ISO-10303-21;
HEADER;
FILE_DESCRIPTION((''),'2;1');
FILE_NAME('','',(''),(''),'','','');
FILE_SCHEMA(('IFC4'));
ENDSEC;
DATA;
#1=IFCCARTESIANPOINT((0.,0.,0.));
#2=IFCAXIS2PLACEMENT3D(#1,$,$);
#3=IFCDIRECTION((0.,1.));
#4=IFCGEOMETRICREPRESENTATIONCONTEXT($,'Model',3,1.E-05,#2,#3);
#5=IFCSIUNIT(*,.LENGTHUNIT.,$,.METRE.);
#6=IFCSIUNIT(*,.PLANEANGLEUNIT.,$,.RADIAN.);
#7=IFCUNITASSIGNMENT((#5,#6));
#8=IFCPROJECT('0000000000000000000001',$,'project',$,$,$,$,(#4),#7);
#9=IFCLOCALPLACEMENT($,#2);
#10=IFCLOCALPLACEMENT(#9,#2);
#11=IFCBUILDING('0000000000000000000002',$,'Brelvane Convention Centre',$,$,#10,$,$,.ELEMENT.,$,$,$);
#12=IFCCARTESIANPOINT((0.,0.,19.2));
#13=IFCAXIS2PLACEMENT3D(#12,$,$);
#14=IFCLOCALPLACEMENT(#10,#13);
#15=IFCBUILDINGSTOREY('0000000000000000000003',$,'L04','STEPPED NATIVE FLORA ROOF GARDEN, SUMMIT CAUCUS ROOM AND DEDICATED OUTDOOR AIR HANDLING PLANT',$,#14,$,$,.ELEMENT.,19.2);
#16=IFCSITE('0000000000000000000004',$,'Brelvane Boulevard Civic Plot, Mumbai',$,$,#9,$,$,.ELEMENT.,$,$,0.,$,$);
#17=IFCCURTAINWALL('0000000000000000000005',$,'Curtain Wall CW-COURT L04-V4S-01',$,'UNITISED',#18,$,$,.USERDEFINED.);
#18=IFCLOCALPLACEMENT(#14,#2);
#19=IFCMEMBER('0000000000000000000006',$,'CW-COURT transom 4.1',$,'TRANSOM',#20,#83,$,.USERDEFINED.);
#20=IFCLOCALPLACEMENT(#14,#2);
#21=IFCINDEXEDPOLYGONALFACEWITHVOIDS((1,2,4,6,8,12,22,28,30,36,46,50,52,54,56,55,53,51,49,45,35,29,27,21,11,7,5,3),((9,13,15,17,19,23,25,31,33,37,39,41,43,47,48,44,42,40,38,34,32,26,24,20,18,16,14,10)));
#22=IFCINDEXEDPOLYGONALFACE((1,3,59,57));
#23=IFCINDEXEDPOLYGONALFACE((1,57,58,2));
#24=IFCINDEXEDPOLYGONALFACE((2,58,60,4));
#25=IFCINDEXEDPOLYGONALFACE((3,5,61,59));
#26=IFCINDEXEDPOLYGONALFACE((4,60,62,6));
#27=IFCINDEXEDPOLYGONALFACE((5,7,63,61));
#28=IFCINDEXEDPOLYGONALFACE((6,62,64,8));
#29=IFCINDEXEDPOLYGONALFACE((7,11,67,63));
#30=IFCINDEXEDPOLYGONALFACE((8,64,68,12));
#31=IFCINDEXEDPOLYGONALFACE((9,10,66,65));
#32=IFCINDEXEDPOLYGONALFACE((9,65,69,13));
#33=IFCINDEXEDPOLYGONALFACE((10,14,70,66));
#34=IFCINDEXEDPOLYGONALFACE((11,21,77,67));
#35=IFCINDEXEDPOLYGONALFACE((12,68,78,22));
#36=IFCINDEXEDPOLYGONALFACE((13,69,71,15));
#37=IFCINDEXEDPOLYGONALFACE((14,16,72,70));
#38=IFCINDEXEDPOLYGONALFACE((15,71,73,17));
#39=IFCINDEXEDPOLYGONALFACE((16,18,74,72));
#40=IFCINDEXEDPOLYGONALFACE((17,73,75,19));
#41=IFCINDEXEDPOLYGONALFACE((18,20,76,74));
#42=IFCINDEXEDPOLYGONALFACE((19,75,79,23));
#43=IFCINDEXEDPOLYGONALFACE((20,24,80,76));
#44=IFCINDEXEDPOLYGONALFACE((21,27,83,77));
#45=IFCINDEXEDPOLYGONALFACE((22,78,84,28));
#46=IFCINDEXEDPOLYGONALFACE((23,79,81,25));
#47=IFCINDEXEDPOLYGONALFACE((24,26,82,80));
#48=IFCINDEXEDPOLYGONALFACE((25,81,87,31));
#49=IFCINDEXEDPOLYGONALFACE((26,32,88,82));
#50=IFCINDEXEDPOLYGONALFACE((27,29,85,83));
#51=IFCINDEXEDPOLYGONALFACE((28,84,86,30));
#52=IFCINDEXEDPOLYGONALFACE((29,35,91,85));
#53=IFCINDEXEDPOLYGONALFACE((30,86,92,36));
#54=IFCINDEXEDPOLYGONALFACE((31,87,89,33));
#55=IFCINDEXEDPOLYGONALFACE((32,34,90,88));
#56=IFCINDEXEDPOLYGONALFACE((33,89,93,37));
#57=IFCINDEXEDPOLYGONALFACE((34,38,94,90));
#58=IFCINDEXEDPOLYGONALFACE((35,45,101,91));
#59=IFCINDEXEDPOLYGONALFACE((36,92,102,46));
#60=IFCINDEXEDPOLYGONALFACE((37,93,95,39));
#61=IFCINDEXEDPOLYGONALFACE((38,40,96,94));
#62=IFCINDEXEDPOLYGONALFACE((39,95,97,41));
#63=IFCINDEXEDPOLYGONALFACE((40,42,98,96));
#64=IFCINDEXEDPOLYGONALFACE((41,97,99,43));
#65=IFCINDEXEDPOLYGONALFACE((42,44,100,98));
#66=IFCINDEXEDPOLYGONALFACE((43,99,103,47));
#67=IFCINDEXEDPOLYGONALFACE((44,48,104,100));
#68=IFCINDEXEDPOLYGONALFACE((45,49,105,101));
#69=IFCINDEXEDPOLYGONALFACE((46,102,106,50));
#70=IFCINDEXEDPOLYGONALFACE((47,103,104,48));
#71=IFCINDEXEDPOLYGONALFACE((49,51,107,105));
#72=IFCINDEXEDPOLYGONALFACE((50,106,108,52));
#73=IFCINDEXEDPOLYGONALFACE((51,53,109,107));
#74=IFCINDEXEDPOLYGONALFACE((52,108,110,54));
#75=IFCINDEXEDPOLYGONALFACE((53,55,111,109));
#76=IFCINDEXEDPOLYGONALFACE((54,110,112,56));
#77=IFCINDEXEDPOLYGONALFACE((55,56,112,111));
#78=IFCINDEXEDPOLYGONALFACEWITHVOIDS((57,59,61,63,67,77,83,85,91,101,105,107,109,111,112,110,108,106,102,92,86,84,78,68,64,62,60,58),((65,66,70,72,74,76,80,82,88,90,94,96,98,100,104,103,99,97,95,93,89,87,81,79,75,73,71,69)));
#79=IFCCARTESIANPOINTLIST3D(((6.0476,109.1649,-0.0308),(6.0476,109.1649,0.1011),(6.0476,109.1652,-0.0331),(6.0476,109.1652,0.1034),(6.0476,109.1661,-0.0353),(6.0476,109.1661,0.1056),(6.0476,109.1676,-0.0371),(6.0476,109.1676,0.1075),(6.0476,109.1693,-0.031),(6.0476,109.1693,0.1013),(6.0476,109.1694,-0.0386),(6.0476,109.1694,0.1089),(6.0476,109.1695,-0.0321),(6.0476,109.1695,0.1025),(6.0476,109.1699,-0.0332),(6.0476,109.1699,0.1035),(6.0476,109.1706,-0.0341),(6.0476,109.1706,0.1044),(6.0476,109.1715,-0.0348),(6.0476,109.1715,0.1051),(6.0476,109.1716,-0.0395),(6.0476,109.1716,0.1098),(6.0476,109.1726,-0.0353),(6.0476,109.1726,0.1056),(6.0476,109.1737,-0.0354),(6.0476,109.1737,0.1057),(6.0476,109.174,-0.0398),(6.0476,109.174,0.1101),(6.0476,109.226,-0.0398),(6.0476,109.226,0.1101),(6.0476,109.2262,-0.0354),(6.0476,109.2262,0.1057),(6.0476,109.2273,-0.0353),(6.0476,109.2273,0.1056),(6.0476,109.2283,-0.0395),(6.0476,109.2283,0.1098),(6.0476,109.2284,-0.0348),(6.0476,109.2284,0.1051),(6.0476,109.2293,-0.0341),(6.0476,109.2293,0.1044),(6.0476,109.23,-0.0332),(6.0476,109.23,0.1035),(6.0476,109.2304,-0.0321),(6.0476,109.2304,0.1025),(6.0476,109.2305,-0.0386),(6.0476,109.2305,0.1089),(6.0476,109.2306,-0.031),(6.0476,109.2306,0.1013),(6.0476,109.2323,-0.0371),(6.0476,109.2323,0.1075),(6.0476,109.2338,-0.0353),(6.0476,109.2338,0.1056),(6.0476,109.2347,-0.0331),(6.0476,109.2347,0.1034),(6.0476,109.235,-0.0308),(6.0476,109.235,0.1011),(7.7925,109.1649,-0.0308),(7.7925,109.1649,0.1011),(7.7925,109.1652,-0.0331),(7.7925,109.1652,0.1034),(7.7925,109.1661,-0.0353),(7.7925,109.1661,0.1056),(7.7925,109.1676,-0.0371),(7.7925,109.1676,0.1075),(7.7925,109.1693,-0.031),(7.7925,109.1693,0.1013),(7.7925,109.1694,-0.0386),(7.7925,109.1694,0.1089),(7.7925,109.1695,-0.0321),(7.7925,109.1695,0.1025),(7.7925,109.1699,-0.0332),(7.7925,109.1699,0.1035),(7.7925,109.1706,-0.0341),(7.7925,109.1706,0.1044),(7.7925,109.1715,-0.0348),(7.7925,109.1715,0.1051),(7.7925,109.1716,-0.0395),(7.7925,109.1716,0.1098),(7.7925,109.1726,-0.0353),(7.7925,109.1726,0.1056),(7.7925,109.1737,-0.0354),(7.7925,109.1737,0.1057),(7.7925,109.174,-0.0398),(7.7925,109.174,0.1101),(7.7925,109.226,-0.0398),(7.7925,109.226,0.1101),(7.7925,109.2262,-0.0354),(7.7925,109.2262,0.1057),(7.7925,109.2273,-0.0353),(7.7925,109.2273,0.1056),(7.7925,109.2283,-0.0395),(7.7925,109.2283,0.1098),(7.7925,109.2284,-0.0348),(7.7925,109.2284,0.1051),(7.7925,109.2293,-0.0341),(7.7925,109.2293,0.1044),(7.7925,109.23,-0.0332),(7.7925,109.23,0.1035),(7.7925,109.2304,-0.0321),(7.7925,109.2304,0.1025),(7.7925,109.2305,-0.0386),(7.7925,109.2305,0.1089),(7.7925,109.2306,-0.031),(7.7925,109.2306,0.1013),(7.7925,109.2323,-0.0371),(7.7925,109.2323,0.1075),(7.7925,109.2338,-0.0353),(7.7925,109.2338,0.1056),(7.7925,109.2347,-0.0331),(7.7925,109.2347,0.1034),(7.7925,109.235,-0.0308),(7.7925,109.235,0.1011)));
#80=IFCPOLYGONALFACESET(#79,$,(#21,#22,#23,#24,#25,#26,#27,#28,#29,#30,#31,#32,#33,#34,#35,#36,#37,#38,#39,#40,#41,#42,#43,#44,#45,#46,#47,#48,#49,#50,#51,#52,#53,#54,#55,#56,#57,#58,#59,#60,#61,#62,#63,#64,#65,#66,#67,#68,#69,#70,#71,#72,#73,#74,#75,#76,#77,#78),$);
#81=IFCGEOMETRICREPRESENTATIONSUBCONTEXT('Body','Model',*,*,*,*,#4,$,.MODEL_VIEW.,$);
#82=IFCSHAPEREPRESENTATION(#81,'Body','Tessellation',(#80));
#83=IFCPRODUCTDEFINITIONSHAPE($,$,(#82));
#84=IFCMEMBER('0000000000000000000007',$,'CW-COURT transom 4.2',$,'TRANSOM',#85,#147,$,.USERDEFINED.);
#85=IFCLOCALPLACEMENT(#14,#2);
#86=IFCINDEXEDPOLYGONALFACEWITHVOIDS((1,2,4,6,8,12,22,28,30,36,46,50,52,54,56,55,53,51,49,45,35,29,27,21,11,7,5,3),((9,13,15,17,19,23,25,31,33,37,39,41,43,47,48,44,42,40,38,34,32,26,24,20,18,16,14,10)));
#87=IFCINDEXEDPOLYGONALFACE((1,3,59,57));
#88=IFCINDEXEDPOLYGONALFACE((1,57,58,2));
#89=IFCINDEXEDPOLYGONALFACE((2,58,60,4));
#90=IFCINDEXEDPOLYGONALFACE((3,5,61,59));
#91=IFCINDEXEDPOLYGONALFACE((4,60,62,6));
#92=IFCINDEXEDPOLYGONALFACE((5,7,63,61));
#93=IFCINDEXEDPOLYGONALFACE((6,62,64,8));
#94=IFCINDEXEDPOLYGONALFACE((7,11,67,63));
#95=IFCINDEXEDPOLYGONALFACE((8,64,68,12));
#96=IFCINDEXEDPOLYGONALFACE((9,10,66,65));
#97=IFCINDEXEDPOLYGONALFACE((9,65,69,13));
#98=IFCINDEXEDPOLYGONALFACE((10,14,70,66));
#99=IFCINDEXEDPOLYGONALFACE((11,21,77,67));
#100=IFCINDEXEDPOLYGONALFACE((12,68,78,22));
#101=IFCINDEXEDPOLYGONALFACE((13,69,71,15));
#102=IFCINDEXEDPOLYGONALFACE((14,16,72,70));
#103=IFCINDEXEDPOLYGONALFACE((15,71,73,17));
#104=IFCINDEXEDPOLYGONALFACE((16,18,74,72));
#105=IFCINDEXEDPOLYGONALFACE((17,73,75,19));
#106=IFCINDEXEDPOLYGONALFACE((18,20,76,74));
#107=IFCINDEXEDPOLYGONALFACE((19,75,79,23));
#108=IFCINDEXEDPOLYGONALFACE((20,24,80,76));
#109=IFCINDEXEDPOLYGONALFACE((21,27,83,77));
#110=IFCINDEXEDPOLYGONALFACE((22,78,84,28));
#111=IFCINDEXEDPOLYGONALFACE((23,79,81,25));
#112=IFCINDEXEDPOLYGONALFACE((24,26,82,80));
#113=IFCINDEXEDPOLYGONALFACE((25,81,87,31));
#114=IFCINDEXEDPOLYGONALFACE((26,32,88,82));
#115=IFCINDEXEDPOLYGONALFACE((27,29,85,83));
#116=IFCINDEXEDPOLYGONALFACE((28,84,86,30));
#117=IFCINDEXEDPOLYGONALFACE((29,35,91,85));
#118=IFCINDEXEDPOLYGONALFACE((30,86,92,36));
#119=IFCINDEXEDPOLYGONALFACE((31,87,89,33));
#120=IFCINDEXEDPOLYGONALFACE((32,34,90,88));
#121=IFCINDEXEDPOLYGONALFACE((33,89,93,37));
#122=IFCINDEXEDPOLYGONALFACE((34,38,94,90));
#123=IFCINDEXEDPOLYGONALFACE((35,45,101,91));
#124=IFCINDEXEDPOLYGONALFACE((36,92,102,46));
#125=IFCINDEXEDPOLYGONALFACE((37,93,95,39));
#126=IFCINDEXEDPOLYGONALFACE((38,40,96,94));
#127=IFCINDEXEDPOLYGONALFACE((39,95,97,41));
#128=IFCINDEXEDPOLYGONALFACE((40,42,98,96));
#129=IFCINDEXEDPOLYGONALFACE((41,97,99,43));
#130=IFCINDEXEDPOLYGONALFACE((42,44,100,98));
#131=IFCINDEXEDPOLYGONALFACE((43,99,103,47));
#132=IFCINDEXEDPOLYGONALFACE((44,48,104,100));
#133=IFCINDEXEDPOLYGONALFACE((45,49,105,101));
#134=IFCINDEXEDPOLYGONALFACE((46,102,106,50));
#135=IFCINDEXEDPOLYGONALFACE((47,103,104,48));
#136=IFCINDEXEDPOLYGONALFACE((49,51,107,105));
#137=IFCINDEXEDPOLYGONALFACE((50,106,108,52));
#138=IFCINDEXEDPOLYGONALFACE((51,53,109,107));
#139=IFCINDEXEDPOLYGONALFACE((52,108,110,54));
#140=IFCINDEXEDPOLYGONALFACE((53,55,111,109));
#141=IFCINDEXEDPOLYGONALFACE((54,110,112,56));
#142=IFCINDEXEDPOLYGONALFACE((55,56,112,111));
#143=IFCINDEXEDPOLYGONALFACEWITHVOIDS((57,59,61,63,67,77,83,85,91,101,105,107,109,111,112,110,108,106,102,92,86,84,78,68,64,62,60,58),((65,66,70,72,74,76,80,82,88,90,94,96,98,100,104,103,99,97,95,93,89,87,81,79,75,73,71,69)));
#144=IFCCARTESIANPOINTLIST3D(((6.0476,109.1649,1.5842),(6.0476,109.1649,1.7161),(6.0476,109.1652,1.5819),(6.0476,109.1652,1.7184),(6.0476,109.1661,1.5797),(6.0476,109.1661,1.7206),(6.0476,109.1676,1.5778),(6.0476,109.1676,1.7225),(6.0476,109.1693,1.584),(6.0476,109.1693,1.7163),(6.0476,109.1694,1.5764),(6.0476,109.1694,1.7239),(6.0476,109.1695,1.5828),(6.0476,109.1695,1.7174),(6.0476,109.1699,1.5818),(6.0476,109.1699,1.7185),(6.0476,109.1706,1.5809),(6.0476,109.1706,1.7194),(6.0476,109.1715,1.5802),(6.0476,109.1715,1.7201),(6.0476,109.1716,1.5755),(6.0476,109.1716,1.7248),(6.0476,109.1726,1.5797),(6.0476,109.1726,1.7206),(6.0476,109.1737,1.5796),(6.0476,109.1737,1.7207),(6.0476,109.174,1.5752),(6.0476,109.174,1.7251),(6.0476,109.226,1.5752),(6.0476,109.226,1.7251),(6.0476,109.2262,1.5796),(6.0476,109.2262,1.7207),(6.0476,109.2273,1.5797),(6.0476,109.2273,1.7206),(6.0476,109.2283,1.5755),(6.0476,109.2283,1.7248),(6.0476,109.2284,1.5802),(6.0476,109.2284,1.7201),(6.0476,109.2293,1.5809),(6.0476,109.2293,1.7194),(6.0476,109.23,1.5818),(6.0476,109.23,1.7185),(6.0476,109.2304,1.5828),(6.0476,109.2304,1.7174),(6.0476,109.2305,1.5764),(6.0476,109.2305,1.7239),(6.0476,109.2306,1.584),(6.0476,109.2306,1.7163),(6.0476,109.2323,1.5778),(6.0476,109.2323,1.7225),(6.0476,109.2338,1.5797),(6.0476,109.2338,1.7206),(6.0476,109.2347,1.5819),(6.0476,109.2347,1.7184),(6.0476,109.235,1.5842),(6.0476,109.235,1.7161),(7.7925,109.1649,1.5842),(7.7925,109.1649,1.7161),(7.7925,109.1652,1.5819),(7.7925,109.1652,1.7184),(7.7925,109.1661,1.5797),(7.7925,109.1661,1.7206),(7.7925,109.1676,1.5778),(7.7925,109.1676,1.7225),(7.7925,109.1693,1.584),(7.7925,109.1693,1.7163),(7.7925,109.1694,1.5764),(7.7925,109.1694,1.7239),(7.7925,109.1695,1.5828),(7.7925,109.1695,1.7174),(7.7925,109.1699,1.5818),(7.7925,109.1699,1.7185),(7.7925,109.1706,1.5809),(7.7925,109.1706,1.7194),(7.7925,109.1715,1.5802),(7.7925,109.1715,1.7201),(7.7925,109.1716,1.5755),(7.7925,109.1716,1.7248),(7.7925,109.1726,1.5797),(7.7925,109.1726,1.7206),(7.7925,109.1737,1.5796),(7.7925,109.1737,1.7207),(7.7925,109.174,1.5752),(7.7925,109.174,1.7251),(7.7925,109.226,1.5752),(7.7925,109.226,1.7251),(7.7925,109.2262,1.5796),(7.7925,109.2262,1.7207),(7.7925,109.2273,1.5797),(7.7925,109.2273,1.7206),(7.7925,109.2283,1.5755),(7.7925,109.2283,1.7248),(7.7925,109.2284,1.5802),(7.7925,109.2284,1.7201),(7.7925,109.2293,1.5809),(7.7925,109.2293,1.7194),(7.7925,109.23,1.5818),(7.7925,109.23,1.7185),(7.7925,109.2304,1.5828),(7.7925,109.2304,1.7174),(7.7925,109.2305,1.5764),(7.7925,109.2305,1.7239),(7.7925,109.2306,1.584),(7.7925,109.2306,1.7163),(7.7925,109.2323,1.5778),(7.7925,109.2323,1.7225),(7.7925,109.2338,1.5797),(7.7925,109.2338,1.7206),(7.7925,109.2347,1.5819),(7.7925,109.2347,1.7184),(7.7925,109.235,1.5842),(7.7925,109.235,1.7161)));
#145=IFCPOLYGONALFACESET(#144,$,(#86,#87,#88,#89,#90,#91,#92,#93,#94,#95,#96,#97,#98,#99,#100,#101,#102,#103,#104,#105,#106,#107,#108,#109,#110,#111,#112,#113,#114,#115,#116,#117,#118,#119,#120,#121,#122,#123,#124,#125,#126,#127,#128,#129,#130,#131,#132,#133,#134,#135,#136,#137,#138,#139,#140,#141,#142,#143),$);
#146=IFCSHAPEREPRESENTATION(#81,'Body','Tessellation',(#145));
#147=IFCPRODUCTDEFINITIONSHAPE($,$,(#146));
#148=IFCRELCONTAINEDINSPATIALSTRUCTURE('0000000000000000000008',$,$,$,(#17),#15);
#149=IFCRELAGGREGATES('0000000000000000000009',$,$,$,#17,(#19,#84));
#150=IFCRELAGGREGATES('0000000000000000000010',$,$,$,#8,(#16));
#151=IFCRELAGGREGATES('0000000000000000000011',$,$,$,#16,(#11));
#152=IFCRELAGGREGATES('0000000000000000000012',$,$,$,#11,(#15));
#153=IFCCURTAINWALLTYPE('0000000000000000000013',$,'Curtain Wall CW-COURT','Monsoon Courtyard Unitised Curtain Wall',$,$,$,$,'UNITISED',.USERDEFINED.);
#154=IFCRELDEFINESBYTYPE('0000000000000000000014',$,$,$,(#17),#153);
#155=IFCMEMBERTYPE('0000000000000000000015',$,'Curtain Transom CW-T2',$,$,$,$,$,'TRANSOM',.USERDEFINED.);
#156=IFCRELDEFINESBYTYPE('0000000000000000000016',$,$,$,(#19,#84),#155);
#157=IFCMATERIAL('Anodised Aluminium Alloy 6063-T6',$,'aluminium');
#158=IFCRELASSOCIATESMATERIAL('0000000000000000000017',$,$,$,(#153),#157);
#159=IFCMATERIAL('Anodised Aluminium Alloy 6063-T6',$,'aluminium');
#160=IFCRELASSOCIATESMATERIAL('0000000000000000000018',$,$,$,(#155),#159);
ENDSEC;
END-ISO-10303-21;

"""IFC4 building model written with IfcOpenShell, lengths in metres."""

from ifc_helpers import new_model, si_unit, direction, frame, origin, origin_2d, place, context, subcontext, project, spatial, hollow_rectangle, extrude, material, material_profile, profile_set, type_object, element, aggregate, save


model = new_model("IFC4")

# Units and contexts
model_context = context("Model", 3, precision=1e-05, world=origin(), true_north=direction((0.0, 1.0)))
body_context = subcontext(model_context, "Body", "Model", "MODEL_VIEW")
ifc_project = project(units=[si_unit("LENGTHUNIT", "METRE"), si_unit("PLANEANGLEUNIT", "RADIAN")], contexts=[model_context])

# Site, building, storey
site_placement = place(None, origin())
site = spatial("IfcSite", under=ifc_project, at=site_placement, Name="Brelvane Boulevard Civic Plot, Mumbai", CompositionType="ELEMENT", RefElevation=0.0)
building_placement = place(site_placement, origin())
building = spatial("IfcBuilding", under=site, at=building_placement, Name="Brelvane Convention Centre", CompositionType="ELEMENT")
storey_placement = place(building_placement, frame((0.0, 0.0, 19.2)))
storey = spatial("IfcBuildingStorey", under=building, at=storey_placement, Name="L04", Description="STEPPED NATIVE FLORA ROOF GARDEN, SUMMIT CAUCUS ROOM AND DEDICATED OUTDOOR AIR HANDLING PLANT", CompositionType="ELEMENT", Elevation=19.2)

# Curtain wall, members
ifc_material_1 = material(Name="Anodised Aluminium Alloy 6063-T6", Category="aluminium")
curtain_wall_type = type_object("IfcCurtainWallType", Name="Curtain Wall CW-COURT", Description="Monsoon Courtyard Unitised Curtain Wall", ElementType="UNITISED", PredefinedType="USERDEFINED", material=ifc_material_1)
curtain_wall_placement = place(storey_placement, origin())
curtain_wall = element("IfcCurtainWall", 1, at=curtain_wall_placement, inside=storey, type_object=curtain_wall_type, Name="Curtain Wall CW-COURT L04-V4S-01", ObjectType="UNITISED", PredefinedType="USERDEFINED")
ifc_material_2 = material(Name="Anodised Aluminium Alloy 6063-T6", Category="aluminium")
ifc_material_profile_1 = material_profile(ifc_material_2, hollow_rectangle(XDim=0.0701, YDim=0.1499, WallThickness=0.0044, InnerFilletRadius=0.0044, OuterFilletRadius=0.009, at=origin_2d()), Name="ALU-T 150x70x4.5")
ifc_profile_set_1 = profile_set([ifc_material_profile_1], Name="Anodised Aluminium Alloy 6063-T6")
member_type_1 = type_object("IfcMemberType", Name="Curtain Transom CW-T2", ElementType="TRANSOM", PredefinedType="USERDEFINED", material=ifc_profile_set_1)
member_1_placement = place(storey_placement, frame((6.0476, 109.2, 0.0352), z_axis=(1.0, 0.0, 0.0), x_axis=(0.0, 1.0, 0.0)))
member_1 = element("IfcMember", 2, at=member_1_placement, type_object=member_type_1, Name="CW-COURT transom 4.1", ObjectType="TRANSOM", PredefinedType="USERDEFINED", context=body_context, shape_type="SweptSolid", body=[
    extrude(hollow_rectangle(XDim=0.0701, YDim=0.1499, WallThickness=0.0044, InnerFilletRadius=0.0044, OuterFilletRadius=0.009, at=origin_2d()), origin(), (0.0, 0.0, 1.0), 1.7449),
])
member_2_placement = place(storey_placement, frame((6.0476, 109.2, 1.6501), z_axis=(1.0, 0.0, 0.0), x_axis=(0.0, 1.0, 0.0)))
member_2 = element("IfcMember", 3, at=member_2_placement, type_object=member_type_1, Name="CW-COURT transom 4.2", ObjectType="TRANSOM", PredefinedType="USERDEFINED", context=body_context, shape_type="SweptSolid", body=[
    extrude(hollow_rectangle(XDim=0.0701, YDim=0.1499, WallThickness=0.0044, InnerFilletRadius=0.0044, OuterFilletRadius=0.009, at=origin_2d()), origin(), (0.0, 0.0, 1.0), 1.7449),
])
aggregate(curtain_wall, [member_1, member_2])

save(model, "model.ifc")
